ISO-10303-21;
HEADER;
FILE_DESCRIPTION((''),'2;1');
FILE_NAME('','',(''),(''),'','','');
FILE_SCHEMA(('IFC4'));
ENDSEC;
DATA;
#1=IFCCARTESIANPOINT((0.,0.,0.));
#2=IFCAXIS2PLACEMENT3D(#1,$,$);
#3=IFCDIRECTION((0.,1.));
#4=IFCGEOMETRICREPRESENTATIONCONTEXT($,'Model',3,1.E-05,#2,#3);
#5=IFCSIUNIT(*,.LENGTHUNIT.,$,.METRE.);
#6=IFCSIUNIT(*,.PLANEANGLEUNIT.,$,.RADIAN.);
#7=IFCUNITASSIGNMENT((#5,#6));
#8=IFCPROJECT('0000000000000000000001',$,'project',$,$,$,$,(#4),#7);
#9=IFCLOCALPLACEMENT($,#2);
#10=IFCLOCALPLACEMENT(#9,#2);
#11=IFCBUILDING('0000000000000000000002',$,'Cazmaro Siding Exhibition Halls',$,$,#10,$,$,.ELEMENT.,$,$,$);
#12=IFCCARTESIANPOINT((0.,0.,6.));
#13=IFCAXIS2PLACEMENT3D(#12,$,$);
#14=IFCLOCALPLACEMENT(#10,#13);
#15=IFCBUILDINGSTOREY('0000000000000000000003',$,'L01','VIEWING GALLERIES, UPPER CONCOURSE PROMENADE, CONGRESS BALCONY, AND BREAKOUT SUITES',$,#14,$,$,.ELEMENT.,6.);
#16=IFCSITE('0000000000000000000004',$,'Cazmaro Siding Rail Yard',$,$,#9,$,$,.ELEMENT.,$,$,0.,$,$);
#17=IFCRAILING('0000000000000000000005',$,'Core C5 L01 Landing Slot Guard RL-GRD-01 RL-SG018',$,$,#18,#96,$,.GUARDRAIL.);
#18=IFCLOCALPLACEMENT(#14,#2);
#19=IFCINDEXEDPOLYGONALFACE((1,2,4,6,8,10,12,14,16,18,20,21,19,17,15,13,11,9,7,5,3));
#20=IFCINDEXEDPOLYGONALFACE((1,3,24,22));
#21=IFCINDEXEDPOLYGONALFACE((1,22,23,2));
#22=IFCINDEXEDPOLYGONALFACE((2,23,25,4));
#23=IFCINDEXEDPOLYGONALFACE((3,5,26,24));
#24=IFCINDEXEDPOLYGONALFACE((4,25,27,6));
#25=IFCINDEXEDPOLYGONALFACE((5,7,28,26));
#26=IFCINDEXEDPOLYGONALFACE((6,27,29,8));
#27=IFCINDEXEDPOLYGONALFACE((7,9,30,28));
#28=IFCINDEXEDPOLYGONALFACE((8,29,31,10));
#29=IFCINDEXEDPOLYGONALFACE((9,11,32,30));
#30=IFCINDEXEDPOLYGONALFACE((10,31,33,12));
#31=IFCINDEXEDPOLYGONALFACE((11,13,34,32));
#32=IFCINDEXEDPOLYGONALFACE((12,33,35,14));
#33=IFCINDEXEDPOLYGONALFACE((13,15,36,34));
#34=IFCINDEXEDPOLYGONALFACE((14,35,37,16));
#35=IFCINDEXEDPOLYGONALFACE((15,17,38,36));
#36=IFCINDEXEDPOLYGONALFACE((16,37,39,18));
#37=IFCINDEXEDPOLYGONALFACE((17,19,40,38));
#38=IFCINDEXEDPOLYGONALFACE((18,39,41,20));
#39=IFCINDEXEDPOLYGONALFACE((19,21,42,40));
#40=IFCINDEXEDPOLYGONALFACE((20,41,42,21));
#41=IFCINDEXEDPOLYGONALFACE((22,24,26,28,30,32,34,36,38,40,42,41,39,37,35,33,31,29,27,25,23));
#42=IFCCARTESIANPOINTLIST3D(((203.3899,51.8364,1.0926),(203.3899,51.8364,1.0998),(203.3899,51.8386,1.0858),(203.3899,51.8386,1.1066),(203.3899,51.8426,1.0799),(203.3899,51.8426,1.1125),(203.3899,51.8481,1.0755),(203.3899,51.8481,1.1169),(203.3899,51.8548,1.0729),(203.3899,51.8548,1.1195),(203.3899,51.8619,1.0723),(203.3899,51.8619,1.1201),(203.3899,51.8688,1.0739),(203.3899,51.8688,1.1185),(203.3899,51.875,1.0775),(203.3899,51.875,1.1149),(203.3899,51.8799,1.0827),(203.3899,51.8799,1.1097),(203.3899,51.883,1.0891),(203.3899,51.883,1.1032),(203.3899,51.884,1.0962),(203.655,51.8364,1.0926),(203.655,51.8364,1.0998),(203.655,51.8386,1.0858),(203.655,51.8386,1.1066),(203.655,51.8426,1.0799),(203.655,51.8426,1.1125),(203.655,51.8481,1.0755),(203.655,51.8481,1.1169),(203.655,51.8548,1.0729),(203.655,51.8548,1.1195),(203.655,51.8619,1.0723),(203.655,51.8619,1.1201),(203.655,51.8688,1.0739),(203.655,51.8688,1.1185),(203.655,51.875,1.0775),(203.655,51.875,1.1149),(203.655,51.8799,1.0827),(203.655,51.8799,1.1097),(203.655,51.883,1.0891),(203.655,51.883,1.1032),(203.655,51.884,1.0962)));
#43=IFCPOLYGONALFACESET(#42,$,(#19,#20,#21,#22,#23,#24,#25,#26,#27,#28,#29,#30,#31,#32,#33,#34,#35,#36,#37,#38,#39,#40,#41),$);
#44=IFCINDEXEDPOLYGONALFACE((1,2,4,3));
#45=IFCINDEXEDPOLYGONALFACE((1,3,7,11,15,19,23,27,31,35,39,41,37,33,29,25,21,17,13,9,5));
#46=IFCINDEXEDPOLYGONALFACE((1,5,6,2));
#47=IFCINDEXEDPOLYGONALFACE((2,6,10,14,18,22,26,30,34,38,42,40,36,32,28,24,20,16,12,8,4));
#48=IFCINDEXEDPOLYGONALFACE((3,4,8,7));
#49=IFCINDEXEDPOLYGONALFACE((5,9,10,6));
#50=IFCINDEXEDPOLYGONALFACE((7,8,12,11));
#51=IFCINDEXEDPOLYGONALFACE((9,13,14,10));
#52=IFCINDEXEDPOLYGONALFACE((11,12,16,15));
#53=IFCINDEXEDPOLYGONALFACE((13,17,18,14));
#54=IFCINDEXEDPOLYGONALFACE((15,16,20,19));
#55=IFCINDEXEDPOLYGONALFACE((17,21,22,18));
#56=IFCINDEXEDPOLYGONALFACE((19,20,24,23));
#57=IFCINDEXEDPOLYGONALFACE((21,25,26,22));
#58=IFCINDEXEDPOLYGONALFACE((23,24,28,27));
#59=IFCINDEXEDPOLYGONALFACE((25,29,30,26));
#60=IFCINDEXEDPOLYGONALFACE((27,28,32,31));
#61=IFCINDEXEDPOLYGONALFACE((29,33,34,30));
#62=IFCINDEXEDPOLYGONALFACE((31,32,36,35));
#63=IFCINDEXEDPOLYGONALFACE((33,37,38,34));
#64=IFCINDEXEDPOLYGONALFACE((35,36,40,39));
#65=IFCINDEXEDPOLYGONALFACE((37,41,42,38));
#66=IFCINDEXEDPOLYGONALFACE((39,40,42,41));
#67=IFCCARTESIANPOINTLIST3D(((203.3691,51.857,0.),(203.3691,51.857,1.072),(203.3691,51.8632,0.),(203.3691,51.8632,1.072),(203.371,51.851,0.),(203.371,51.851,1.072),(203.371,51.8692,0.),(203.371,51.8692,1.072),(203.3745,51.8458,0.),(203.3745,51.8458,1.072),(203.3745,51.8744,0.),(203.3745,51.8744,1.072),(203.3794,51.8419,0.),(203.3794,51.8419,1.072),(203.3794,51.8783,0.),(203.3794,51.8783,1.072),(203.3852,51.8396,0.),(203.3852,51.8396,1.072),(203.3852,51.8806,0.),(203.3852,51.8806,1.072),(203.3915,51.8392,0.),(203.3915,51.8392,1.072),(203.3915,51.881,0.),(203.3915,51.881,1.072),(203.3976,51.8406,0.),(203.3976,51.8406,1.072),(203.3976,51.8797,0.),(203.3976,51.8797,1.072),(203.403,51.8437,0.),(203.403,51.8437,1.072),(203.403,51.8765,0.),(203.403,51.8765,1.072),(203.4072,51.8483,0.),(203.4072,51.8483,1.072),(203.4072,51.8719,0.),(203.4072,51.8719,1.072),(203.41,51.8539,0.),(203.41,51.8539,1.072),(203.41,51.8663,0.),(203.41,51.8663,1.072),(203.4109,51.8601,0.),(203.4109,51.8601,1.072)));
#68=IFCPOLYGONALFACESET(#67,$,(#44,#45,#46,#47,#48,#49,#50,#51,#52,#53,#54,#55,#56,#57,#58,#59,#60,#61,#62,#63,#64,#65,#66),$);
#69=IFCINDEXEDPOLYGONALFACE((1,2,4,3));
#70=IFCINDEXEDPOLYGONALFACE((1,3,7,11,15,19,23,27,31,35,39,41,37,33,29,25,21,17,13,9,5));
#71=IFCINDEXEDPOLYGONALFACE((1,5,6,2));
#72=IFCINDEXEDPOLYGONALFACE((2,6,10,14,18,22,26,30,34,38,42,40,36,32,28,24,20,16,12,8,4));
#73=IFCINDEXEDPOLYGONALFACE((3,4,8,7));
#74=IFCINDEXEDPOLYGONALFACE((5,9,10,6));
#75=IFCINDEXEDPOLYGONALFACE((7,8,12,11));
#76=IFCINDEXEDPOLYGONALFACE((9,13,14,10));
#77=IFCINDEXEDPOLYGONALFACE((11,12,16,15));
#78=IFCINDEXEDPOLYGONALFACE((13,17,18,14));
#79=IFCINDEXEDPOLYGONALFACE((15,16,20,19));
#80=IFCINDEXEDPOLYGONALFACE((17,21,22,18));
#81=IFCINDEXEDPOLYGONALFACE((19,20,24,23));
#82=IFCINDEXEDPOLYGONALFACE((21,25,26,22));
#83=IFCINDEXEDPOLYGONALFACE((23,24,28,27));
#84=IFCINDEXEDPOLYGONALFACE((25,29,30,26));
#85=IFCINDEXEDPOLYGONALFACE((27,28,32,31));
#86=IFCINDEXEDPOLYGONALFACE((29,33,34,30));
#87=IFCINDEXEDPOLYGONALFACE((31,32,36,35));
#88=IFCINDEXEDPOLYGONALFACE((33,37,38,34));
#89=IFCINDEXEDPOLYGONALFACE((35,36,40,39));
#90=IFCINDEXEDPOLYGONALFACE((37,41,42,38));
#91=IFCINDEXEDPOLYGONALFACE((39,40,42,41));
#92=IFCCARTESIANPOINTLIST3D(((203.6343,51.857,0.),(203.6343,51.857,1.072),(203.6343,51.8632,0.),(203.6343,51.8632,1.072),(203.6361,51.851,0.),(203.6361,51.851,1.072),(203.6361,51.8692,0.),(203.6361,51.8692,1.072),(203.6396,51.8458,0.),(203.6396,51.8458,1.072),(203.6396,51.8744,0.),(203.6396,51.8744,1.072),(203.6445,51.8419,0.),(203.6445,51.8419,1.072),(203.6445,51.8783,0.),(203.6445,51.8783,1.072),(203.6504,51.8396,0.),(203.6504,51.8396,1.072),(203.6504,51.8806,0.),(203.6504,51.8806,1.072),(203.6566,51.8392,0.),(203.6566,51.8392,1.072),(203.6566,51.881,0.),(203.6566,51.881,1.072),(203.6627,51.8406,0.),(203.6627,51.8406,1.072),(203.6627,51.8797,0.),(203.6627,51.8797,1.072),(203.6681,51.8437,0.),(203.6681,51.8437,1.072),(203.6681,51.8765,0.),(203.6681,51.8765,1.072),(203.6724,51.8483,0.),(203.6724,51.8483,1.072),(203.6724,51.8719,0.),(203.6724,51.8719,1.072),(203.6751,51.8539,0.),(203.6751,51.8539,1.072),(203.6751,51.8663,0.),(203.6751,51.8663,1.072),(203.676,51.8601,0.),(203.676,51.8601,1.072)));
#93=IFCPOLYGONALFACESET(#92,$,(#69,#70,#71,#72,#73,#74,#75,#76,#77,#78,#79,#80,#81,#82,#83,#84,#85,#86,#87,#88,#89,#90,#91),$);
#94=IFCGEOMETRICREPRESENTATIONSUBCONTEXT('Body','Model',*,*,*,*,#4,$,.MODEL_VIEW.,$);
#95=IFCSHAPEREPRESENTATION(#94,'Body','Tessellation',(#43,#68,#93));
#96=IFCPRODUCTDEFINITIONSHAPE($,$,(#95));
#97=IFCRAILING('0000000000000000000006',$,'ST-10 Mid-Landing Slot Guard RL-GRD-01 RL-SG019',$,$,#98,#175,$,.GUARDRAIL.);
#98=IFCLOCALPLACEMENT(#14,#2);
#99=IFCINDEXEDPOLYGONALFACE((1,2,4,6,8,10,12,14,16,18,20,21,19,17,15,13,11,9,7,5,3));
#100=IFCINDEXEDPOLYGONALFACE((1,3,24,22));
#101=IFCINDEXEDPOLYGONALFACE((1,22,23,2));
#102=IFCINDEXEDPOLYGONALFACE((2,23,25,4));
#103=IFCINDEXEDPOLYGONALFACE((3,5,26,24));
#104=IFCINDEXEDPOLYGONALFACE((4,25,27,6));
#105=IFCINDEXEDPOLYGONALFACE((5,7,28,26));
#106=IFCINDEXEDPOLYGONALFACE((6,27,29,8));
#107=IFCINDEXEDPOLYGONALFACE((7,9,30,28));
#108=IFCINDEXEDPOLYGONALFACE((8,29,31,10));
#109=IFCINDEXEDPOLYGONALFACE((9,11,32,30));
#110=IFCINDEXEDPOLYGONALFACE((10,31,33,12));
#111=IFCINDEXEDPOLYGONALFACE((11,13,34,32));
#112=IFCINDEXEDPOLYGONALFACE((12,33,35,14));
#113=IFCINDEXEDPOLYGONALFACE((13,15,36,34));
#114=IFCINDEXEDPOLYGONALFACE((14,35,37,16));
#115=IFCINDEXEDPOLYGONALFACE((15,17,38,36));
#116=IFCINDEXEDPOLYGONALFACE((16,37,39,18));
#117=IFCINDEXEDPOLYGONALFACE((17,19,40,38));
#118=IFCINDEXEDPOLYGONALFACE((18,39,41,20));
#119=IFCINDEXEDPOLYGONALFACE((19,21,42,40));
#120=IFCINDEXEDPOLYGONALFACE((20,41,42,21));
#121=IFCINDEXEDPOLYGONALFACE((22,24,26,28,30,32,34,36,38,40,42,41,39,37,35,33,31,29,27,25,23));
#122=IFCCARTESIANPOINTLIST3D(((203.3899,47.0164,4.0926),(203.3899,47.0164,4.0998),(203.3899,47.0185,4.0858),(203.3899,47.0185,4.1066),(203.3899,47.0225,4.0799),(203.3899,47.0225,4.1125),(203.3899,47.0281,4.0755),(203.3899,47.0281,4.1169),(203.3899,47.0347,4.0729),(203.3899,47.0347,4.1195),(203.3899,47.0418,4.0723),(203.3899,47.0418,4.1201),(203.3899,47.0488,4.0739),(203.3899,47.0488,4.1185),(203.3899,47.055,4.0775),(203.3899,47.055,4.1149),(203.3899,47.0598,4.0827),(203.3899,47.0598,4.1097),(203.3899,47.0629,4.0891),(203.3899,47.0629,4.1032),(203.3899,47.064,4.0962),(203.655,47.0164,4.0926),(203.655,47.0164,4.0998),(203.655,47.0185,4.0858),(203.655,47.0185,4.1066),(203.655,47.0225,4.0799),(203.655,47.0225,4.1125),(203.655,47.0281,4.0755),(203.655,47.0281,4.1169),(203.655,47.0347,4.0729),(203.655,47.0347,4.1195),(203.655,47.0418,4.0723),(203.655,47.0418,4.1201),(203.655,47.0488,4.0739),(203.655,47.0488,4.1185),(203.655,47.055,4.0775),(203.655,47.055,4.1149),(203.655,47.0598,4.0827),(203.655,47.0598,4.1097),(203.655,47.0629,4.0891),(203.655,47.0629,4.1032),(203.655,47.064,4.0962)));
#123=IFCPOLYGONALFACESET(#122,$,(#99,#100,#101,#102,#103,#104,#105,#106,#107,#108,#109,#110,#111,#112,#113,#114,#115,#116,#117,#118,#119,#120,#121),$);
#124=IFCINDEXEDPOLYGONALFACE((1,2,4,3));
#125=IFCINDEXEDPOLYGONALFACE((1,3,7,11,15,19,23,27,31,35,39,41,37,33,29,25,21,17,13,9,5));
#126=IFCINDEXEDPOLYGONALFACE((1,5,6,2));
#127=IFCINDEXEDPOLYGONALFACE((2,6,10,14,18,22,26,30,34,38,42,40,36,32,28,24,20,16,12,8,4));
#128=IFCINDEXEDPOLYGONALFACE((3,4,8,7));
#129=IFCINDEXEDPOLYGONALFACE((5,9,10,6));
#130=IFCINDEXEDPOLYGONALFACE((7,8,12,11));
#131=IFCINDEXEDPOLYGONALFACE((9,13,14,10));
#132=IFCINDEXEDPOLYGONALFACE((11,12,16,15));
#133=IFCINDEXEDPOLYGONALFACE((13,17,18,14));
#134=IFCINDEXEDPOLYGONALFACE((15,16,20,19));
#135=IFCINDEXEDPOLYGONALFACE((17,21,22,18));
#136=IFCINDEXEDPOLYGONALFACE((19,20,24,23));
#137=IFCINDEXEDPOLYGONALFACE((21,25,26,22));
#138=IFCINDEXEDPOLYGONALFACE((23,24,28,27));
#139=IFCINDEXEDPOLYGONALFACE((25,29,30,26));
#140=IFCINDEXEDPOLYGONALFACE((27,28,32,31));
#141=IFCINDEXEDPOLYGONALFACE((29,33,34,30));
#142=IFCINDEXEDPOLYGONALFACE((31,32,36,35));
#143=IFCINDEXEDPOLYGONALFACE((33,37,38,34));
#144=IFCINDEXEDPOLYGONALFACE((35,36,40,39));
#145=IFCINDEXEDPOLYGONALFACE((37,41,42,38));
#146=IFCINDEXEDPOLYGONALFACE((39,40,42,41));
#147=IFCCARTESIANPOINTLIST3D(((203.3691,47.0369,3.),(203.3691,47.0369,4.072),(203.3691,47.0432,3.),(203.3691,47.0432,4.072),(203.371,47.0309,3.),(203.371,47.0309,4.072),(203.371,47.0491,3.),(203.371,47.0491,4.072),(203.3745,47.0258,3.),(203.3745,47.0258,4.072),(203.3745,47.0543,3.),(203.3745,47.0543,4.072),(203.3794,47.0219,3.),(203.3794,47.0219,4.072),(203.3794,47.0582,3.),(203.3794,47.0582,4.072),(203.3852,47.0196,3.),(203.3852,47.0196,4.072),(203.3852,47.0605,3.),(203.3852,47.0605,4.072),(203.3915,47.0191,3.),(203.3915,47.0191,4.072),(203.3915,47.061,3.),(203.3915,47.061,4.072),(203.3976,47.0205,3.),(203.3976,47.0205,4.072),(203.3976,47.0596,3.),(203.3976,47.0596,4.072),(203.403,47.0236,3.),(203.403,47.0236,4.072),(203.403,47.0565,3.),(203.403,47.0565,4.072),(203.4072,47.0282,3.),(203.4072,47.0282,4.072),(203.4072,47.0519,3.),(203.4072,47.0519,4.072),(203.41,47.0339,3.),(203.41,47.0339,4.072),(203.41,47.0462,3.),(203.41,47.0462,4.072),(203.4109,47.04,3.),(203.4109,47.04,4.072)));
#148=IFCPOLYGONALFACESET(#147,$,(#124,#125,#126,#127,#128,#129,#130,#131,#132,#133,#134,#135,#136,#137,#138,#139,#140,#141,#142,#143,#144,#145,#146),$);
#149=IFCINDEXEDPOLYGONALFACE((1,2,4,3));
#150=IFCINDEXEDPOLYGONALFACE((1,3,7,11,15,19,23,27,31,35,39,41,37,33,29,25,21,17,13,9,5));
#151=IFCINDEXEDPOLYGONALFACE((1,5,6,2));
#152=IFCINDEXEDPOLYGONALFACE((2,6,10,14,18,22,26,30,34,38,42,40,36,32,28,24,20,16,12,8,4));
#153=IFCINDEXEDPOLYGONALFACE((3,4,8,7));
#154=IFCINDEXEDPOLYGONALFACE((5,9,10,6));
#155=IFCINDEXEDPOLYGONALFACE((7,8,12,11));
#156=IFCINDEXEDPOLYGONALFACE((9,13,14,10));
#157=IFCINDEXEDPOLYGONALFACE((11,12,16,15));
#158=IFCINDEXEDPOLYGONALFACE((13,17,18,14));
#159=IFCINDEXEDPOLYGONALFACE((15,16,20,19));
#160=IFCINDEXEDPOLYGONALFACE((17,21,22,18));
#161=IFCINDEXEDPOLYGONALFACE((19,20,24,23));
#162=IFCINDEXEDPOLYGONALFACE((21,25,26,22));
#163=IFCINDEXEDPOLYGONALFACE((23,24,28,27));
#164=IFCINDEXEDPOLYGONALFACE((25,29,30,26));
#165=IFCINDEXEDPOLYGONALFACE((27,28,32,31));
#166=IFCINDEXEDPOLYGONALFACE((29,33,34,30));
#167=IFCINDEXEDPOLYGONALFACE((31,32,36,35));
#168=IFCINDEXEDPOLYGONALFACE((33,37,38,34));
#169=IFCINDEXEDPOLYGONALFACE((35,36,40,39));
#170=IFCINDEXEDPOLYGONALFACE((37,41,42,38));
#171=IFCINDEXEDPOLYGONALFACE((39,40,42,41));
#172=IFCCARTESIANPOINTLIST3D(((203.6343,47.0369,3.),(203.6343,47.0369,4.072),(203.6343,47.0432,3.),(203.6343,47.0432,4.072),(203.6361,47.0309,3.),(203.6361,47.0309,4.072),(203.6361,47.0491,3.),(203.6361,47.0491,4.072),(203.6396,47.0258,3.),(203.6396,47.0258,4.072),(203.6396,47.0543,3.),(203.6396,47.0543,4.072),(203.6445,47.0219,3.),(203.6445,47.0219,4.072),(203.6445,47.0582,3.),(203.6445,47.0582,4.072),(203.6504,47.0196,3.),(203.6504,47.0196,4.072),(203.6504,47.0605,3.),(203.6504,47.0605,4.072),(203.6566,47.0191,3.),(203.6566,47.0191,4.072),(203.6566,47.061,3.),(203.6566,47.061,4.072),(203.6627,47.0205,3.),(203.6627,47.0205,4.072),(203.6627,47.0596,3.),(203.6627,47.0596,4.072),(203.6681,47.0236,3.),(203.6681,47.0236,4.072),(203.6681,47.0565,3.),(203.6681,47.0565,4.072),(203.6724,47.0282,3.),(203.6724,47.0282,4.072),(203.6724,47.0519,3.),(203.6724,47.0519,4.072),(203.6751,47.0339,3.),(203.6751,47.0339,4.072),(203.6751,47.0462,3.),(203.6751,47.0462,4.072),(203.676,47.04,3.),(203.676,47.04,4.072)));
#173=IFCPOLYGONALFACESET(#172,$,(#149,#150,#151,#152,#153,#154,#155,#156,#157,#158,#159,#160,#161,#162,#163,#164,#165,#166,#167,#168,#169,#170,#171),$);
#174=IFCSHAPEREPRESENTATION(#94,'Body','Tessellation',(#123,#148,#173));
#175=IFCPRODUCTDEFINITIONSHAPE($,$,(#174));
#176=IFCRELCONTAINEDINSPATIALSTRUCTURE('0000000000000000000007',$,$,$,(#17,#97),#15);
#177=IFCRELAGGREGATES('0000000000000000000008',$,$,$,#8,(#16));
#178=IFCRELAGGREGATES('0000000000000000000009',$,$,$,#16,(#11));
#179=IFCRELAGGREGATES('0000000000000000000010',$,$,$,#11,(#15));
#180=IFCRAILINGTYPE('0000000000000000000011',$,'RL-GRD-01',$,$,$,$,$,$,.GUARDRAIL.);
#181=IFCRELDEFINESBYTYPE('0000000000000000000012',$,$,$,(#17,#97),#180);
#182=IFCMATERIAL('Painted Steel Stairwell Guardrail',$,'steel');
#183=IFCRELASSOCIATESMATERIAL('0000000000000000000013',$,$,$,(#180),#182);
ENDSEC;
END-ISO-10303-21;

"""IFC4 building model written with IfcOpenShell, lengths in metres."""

from ifc_helpers import new_model, si_unit, direction, frame, origin, origin_2d, place, context, subcontext, project, spatial, circle, extrude, material, type_object, element, save


model = new_model("IFC4")

# Units and contexts
model_context = context("Model", 3, precision=1e-05, world=origin(), true_north=direction((0.0, 1.0)))
body_context = subcontext(model_context, "Body", "Model", "MODEL_VIEW")
ifc_project = project(units=[si_unit("LENGTHUNIT", "METRE"), si_unit("PLANEANGLEUNIT", "RADIAN")], contexts=[model_context])

# Site, building, storey
site_placement = place(None, origin())
site = spatial("IfcSite", under=ifc_project, at=site_placement, Name="Cazmaro Siding Rail Yard", CompositionType="ELEMENT", RefElevation=0.0)
building_placement = place(site_placement, origin())
building = spatial("IfcBuilding", under=site, at=building_placement, Name="Cazmaro Siding Exhibition Halls", CompositionType="ELEMENT")
storey_placement = place(building_placement, frame((0.0, 0.0, 6.0)))
storey = spatial("IfcBuildingStorey", under=building, at=storey_placement, Name="L01", Description="VIEWING GALLERIES, UPPER CONCOURSE PROMENADE, CONGRESS BALCONY, AND BREAKOUT SUITES", CompositionType="ELEMENT", Elevation=6.0)

# Railings
ifc_material_1 = material(Name="Painted Steel Stairwell Guardrail", Category="steel")
railing_type_1 = type_object("IfcRailingType", Name="RL-GRD-01", PredefinedType="GUARDRAIL", material=ifc_material_1)
for number, where, name in (
    (1, (203.3899, 51.8601, 0.0), "Core C5 L01 Landing Slot Guard RL-GRD-01 RL-SG018"),
    (2, (203.3899, 47.04, 3.0), "ST-10 Mid-Landing Slot Guard RL-GRD-01 RL-SG019"),
):
    element("IfcRailing", number, at=place(storey_placement, frame(where)), inside=storey, type_object=railing_type_1, Name=name, PredefinedType="GUARDRAIL", context=body_context, shape_type="SweptSolid", body=[
        extrude(circle(Radius=0.0239, at=origin_2d()), frame((0.0, 0.0, 1.0962), z_axis=(1.0, 0.0, 0.0), x_axis=(0.0, 1.0, 0.0)), (0.0, 0.0, 1.0), 0.2651),
        extrude(circle(Radius=0.021, at=origin_2d()), origin(), (0.0, 0.0, 1.0), 1.072),
        extrude(circle(Radius=0.021, at=origin_2d()), frame((0.2651, 0.0, 0.0)), (0.0, 0.0, 1.0), 1.072),
    ])

save(model, "model.ifc")
